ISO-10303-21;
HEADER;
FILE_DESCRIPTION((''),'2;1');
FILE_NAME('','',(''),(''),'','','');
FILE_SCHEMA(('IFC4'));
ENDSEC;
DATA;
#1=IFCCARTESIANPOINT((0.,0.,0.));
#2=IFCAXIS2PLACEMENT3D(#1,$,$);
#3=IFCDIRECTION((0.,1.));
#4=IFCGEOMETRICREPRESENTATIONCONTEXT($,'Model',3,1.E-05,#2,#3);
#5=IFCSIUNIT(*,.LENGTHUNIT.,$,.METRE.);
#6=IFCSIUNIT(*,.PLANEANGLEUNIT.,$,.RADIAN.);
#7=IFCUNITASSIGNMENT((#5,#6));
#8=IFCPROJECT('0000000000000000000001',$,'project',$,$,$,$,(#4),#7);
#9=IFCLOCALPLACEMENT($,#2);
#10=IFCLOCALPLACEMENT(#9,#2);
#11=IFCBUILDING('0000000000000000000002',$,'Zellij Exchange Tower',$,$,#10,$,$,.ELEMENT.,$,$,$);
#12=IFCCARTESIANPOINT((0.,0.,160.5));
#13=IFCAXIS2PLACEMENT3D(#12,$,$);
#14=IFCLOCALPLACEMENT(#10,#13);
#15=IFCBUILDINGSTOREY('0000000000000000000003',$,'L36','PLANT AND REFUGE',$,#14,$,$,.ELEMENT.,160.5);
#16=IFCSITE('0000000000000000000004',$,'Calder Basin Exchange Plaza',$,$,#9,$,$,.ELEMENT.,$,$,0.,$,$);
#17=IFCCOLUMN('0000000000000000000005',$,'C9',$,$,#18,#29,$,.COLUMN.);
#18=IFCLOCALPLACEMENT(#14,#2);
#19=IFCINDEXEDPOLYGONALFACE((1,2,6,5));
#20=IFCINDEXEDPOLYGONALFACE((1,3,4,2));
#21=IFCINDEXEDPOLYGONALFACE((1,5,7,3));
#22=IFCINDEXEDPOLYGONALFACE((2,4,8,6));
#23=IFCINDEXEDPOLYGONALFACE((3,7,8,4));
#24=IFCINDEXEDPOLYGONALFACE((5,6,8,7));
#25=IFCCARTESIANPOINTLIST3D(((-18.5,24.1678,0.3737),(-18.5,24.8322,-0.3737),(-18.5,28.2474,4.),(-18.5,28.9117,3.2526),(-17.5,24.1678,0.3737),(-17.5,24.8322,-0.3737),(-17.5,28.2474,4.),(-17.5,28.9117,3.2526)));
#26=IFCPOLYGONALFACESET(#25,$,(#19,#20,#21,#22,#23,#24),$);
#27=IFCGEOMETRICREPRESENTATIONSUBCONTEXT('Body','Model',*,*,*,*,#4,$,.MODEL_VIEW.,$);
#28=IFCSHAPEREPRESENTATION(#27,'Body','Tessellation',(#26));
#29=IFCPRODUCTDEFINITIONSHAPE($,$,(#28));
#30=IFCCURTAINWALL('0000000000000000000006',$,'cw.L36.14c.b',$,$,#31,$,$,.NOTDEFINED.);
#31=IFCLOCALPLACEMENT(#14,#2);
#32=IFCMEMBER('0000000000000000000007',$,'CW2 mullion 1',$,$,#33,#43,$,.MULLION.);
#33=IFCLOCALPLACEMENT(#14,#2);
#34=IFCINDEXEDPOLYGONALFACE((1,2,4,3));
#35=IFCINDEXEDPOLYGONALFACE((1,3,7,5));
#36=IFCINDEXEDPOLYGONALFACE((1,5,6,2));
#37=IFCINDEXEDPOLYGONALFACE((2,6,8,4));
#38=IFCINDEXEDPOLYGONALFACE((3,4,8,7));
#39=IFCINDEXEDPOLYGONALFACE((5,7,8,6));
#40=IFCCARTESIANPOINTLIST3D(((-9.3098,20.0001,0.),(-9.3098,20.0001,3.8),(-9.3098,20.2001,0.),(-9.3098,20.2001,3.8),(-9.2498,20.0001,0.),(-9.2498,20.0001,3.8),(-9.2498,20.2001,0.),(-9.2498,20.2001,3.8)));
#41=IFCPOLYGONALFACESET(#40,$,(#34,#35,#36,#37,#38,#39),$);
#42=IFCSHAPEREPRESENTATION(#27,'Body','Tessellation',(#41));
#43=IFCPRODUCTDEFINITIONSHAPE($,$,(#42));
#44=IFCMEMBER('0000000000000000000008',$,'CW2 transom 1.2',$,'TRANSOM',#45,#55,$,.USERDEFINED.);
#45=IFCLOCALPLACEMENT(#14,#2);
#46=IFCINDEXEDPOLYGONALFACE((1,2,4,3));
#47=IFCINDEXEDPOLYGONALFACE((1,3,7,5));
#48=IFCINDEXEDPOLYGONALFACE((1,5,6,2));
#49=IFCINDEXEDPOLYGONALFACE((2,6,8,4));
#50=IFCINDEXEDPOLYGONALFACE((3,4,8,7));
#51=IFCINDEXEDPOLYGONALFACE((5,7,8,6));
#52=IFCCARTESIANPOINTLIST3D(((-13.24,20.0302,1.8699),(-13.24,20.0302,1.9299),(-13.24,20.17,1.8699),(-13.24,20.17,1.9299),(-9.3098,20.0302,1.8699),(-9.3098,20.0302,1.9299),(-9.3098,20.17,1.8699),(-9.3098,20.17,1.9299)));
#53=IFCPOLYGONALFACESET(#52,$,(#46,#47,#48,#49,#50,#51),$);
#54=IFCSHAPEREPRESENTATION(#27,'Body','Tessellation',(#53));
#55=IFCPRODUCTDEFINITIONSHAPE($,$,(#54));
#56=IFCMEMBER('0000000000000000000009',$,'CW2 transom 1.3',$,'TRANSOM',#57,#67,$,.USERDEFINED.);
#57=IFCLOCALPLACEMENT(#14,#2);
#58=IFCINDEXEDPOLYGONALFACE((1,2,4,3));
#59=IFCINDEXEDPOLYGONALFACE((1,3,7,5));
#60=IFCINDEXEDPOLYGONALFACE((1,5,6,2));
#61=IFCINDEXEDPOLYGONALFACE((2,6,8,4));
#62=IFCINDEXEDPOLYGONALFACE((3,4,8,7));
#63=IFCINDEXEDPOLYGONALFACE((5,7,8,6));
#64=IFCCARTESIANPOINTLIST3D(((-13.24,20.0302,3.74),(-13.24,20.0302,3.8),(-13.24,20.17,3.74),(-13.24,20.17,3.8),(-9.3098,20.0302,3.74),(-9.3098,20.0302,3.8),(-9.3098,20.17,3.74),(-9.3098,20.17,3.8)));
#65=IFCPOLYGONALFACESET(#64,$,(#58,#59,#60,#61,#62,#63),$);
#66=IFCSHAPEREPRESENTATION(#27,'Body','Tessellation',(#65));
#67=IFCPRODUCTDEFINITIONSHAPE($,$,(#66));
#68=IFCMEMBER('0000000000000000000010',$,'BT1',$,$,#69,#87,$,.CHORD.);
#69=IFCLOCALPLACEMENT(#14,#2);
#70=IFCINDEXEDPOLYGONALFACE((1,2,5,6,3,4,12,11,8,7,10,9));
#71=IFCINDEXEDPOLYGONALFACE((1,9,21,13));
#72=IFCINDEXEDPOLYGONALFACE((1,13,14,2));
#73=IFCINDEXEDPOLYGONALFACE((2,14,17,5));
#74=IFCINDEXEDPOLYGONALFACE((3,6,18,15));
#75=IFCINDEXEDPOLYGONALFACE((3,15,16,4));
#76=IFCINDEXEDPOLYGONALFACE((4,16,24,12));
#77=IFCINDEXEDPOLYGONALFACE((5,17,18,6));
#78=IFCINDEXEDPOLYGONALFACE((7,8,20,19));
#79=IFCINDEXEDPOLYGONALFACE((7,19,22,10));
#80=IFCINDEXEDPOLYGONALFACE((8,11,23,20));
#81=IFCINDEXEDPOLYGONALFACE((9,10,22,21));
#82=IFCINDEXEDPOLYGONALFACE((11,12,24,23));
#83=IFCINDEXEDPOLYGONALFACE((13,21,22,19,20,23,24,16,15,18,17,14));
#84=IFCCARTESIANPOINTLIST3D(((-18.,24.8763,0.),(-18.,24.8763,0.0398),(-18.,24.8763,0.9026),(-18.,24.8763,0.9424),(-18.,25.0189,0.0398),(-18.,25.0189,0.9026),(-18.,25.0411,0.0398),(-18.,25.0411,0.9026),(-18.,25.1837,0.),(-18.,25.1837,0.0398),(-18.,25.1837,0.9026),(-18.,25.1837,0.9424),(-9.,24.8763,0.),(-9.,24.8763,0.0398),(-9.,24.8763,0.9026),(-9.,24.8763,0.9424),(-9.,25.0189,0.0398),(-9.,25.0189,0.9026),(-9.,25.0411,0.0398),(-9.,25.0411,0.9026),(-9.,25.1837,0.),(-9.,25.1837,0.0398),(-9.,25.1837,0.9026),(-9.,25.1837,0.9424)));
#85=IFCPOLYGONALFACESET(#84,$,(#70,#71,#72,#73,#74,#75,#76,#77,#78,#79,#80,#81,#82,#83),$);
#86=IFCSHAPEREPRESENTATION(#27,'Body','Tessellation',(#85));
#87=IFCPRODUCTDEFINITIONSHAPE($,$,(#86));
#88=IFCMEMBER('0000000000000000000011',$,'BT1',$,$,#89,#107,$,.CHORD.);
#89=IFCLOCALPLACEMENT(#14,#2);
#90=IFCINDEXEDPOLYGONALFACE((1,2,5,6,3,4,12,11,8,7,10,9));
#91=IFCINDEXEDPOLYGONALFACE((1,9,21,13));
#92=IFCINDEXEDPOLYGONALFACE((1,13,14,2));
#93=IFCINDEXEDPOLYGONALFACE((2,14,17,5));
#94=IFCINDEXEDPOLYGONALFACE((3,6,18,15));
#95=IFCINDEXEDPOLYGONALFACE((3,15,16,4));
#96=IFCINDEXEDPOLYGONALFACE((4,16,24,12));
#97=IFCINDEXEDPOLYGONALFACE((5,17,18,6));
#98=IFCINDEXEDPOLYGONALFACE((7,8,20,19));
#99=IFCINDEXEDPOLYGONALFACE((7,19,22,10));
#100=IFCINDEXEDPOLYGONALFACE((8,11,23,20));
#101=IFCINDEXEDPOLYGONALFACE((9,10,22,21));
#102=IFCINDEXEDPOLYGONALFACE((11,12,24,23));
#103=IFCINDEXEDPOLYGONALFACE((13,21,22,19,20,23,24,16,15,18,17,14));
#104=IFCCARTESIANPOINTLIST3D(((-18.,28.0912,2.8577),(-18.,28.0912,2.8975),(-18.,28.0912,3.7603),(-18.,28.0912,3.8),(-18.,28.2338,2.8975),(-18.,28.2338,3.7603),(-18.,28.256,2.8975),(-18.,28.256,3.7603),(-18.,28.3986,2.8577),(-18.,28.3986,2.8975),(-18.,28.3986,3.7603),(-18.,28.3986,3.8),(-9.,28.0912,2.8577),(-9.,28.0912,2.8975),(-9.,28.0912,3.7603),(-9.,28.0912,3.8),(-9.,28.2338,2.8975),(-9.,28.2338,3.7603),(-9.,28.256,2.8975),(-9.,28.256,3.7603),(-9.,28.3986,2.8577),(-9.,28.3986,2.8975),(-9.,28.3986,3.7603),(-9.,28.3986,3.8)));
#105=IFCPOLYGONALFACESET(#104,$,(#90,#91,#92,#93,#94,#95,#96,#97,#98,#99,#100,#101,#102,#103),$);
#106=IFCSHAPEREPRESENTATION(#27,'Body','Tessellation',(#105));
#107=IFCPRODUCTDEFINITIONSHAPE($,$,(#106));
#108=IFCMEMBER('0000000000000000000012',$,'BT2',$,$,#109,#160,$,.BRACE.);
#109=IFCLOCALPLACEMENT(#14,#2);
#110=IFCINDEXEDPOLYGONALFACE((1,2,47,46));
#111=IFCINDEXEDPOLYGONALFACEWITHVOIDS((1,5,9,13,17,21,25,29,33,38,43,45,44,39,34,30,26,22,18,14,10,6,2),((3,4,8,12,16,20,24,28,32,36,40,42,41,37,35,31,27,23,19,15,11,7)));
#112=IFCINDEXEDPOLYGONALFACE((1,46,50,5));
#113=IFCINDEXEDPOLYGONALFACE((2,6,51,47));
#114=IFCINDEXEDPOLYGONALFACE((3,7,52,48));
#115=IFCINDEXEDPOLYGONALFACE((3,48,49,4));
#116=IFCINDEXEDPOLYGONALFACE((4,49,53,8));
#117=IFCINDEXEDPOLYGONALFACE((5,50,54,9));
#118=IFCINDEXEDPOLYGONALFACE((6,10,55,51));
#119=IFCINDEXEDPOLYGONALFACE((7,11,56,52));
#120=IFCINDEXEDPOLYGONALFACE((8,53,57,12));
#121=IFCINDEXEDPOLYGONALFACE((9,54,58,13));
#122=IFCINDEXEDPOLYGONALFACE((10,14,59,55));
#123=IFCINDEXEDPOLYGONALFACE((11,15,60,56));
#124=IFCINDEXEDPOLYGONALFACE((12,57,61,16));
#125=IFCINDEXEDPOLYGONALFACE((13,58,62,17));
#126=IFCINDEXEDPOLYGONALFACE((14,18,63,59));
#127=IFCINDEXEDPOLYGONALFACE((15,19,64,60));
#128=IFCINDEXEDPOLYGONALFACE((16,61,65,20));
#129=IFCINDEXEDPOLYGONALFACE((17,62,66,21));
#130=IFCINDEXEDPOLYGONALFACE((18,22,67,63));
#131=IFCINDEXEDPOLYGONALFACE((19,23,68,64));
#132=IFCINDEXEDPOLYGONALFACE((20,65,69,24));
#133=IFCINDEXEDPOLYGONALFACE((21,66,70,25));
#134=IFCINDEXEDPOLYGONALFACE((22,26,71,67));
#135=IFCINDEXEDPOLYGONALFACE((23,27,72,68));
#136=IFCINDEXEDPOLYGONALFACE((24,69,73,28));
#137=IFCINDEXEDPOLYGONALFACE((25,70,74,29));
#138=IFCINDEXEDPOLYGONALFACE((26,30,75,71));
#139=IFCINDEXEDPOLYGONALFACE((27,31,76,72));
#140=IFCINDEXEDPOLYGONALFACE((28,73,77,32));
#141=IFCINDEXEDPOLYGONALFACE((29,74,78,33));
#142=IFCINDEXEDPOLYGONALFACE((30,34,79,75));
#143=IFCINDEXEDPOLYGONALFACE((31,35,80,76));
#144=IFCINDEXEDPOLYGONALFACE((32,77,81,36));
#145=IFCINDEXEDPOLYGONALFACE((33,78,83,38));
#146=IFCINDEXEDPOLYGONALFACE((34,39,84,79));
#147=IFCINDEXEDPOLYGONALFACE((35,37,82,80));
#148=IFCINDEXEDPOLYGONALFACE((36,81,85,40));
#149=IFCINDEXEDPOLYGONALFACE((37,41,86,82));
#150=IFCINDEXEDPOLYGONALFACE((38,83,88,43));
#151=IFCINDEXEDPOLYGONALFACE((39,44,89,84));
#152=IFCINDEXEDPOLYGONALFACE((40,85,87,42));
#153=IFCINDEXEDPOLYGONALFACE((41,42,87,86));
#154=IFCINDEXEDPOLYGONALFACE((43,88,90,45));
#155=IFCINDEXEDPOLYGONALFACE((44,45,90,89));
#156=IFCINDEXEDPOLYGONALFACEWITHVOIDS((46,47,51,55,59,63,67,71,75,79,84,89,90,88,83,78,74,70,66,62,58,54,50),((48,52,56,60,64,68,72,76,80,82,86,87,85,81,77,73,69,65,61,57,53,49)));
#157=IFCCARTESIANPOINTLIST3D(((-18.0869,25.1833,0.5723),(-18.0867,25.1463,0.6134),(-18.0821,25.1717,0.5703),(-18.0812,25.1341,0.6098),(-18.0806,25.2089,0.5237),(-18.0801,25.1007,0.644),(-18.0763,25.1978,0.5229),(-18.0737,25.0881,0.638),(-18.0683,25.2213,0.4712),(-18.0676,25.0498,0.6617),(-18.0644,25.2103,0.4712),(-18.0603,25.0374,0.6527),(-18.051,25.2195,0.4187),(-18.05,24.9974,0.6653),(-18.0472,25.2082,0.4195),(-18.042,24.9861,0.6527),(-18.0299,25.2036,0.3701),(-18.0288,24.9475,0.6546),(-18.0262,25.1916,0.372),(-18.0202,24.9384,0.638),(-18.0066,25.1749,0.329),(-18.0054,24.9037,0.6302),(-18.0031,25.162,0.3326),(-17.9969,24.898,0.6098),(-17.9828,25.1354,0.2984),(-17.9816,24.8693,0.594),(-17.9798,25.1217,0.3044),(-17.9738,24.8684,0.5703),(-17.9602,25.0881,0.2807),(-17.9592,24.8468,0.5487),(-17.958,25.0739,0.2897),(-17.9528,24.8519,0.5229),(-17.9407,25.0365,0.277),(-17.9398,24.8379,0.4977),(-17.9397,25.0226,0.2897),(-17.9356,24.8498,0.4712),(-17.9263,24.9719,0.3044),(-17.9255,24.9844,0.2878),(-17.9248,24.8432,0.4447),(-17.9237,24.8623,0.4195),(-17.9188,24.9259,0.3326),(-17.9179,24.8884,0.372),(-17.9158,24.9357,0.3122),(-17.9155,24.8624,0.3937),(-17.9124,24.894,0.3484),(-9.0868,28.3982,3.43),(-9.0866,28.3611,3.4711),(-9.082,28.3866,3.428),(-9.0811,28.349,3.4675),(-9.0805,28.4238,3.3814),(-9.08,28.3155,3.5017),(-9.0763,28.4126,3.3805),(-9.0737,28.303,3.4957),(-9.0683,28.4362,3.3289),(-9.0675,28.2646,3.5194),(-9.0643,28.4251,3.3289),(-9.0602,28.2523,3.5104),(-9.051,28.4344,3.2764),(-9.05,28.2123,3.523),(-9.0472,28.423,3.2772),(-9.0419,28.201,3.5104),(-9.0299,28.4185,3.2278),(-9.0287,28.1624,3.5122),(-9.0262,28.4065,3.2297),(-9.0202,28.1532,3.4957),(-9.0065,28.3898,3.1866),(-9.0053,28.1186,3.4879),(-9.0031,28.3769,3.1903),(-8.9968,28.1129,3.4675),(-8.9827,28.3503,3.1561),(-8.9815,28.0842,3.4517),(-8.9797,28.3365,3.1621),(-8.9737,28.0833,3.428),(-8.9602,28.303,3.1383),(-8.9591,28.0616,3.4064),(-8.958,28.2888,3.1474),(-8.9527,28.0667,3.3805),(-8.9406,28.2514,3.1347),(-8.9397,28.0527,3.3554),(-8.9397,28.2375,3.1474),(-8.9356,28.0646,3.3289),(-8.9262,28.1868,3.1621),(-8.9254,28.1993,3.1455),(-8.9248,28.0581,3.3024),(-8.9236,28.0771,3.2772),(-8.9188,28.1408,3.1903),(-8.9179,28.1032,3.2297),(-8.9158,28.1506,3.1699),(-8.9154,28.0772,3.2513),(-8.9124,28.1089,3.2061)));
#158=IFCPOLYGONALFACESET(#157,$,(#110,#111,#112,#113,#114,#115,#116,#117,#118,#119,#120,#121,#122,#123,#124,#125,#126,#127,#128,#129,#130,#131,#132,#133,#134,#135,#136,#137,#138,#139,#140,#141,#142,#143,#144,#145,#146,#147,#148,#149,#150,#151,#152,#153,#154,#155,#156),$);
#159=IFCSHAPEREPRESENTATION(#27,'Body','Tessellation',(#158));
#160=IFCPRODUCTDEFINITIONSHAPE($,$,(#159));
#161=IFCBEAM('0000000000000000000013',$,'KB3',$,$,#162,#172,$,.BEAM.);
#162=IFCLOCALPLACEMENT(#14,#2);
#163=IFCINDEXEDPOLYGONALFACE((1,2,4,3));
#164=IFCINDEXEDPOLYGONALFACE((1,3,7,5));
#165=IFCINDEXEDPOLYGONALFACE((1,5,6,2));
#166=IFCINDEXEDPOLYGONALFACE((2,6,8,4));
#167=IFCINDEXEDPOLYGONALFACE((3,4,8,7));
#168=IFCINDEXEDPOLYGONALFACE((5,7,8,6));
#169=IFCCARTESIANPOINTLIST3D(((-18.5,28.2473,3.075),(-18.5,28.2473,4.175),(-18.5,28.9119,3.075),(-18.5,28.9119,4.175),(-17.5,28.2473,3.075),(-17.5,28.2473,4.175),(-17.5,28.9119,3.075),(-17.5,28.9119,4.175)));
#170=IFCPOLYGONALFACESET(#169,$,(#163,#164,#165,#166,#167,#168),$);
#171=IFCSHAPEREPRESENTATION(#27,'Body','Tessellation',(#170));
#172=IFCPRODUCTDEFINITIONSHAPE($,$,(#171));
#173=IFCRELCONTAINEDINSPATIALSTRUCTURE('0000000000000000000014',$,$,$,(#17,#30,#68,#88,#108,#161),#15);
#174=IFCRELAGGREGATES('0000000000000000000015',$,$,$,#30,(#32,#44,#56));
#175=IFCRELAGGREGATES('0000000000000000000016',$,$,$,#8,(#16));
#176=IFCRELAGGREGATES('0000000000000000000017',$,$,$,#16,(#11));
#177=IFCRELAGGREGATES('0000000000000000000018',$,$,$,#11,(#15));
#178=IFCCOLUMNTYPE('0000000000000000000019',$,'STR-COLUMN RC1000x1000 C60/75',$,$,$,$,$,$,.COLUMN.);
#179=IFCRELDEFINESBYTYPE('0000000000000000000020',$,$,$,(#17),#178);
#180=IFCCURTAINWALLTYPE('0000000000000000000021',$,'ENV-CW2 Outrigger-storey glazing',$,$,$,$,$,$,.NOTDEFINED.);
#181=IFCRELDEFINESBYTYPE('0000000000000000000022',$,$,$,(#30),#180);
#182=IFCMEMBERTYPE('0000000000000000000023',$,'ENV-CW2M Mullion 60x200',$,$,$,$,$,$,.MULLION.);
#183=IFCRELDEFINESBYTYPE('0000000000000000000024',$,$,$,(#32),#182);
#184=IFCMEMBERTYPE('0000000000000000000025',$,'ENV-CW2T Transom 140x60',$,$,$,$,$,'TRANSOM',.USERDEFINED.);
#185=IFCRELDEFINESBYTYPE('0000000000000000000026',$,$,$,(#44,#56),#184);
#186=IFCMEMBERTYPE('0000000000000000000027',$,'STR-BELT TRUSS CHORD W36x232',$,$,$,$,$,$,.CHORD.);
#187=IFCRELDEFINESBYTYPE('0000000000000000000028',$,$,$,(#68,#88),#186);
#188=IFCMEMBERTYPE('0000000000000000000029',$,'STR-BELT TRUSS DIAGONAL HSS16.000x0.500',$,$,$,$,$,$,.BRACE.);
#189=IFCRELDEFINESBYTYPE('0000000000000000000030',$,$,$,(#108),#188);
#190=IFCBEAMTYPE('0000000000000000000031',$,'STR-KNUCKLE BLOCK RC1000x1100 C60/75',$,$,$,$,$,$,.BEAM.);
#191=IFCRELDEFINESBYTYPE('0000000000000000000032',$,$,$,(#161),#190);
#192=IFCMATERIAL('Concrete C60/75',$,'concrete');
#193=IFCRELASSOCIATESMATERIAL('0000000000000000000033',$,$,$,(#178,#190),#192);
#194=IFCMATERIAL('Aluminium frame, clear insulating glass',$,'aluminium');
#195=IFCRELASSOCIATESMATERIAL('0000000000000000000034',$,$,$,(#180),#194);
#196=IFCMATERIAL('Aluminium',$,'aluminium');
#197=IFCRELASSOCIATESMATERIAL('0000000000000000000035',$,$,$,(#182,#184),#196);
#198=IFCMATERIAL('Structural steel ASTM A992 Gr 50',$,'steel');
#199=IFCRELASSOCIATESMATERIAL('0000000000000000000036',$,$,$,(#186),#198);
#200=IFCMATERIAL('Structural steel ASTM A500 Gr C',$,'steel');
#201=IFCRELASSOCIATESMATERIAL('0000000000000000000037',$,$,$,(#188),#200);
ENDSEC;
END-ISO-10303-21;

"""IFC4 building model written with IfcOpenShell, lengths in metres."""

from ifc_helpers import new_model, si_unit, direction, frame, origin, origin_2d, place, context, subcontext, project, spatial, rectangle, hollow_circle, i_section, extrude, clip, halfspace, material, material_profile, profile_set, type_object, element, aggregate, save


model = new_model("IFC4")

# Units and contexts
model_context = context("Model", 3, precision=1e-05, world=origin(), true_north=direction((0.0, 1.0)))
body_context = subcontext(model_context, "Body", "Model", "MODEL_VIEW")
ifc_project = project(units=[si_unit("LENGTHUNIT", "METRE"), si_unit("PLANEANGLEUNIT", "RADIAN")], contexts=[model_context])

# Site, building, storey
site_placement = place(None, origin())
site = spatial("IfcSite", under=ifc_project, at=site_placement, Name="Calder Basin Exchange Plaza", CompositionType="ELEMENT", RefElevation=0.0)
building_placement = place(site_placement, origin())
building = spatial("IfcBuilding", under=site, at=building_placement, Name="Zellij Exchange Tower", CompositionType="ELEMENT")
storey_placement = place(building_placement, frame((0.0, 0.0, 160.5)))
storey = spatial("IfcBuildingStorey", under=building, at=storey_placement, Name="L36", Description="PLANT AND REFUGE", CompositionType="ELEMENT", Elevation=160.5)

# Column
ifc_material_1 = material(Name="Concrete C60/75", Category="concrete")
ifc_material_profile_1 = material_profile(ifc_material_1, rectangle(XDim=1.0, YDim=1.0, at=origin_2d()), Name="STR-COLUMN RC1000x1000 C60/75")
ifc_profile_set_1 = profile_set([ifc_material_profile_1], Name="Concrete C60/75")
column_type = type_object("IfcColumnType", Name="STR-COLUMN RC1000x1000 C60/75", PredefinedType="COLUMN", material=ifc_profile_set_1)
column_placement = place(storey_placement, frame((-18.0, 24.5, 0.0), z_axis=(0.0, 0.747409, 0.664364), x_axis=(-1.0, 0.0, 0.0)))
element("IfcColumn", 1, at=column_placement, inside=storey, type_object=column_type, Name="C9", PredefinedType="COLUMN", context=body_context, shape_type="Clipping", body=[
    clip(extrude(rectangle(XDim=1.0, YDim=1.0, at=origin_2d()), origin(), (0.0, 0.0, 1.0), 6.0208), halfspace(frame((0.0, 0.0, 5.4583)), False)),
])

# Curtain wall, members
ifc_material_2 = material(Name="Aluminium frame, clear insulating glass", Category="aluminium")
curtain_wall_type = type_object("IfcCurtainWallType", Name="ENV-CW2 Outrigger-storey glazing", PredefinedType="NOTDEFINED", material=ifc_material_2)
curtain_wall_placement = place(storey_placement, origin())
curtain_wall = element("IfcCurtainWall", 2, at=curtain_wall_placement, inside=storey, type_object=curtain_wall_type, Name="cw.L36.14c.b", PredefinedType="NOTDEFINED")
ifc_material_3 = material(Name="Aluminium", Category="aluminium")
ifc_material_profile_2 = material_profile(ifc_material_3, rectangle(XDim=0.0601, YDim=0.2, at=origin_2d()), Name="AL 60x200")
ifc_profile_set_2 = profile_set([ifc_material_profile_2], Name="Aluminium")
member_type_1 = type_object("IfcMemberType", Name="ENV-CW2M Mullion 60x200", PredefinedType="MULLION", material=ifc_profile_set_2)
member_1_placement = place(storey_placement, frame((-9.2798, 20.1001, 0.0), z_axis=(0.0, 0.0, 1.0), x_axis=(-1.0, 0.0, 0.0)))
member_1 = element("IfcMember", 3, at=member_1_placement, type_object=member_type_1, Name="CW2 mullion 1", PredefinedType="MULLION", context=body_context, shape_type="SweptSolid", body=[
    extrude(rectangle(XDim=0.0601, YDim=0.2, at=origin_2d()), origin(), (0.0, 0.0, 1.0), 3.8),
])
ifc_material_profile_3 = material_profile(ifc_material_3, rectangle(XDim=0.1399, YDim=0.0601, at=origin_2d()), Name="AL 140x60")
ifc_profile_set_3 = profile_set([ifc_material_profile_3], Name="Aluminium")
member_type_2 = type_object("IfcMemberType", Name="ENV-CW2T Transom 140x60", ElementType="TRANSOM", PredefinedType="USERDEFINED", material=ifc_profile_set_3)
member_2_placement = place(storey_placement, frame((-9.3098, 20.1001, 1.8999), z_axis=(-1.0, 0.0, 0.0), x_axis=(0.0, -1.0, 0.0)))
member_2 = element("IfcMember", 4, at=member_2_placement, type_object=member_type_2, Name="CW2 transom 1.2", ObjectType="TRANSOM", PredefinedType="USERDEFINED", context=body_context, shape_type="SweptSolid", body=[
    extrude(rectangle(XDim=0.1399, YDim=0.0601, at=origin_2d()), origin(), (0.0, 0.0, 1.0), 3.9302),
])
member_3_placement = place(storey_placement, frame((-9.3098, 20.1001, 3.77), z_axis=(-1.0, 0.0, 0.0), x_axis=(0.0, -1.0, 0.0)))
member_3 = element("IfcMember", 5, at=member_3_placement, type_object=member_type_2, Name="CW2 transom 1.3", ObjectType="TRANSOM", PredefinedType="USERDEFINED", context=body_context, shape_type="SweptSolid", body=[
    extrude(rectangle(XDim=0.1399, YDim=0.0601, at=origin_2d()), origin(), (0.0, 0.0, 1.0), 3.9302),
])
aggregate(curtain_wall, [member_1, member_2, member_3])

# Members
ifc_material_4 = material(Name="Structural steel ASTM A992 Gr 50", Category="steel")
ifc_material_profile_4 = material_profile(ifc_material_4, i_section(OverallWidth=0.3074, OverallDepth=0.9424, WebThickness=0.0222, FlangeThickness=0.0398, at=origin_2d()), Name="W36x232")
ifc_profile_set_4 = profile_set([ifc_material_profile_4], Name="Structural steel ASTM A992 Gr 50")
member_type_3 = type_object("IfcMemberType", Name="STR-BELT TRUSS CHORD W36x232", PredefinedType="CHORD", material=ifc_profile_set_4)
for number, where, z_axis, x_axis, name in (
    (6, (-18.0, 25.03, 0.4712), (1.0, 0.0, 0.0), (0.0, 1.0, 0.0), "BT1"),
    (7, (-18.0, 28.2449, 3.3289), (1.0, 0.0, 0.0), (0.0, 1.0, 0.0), "BT1"),
):
    element("IfcMember", number, at=place(storey_placement, frame(where, z_axis=z_axis, x_axis=x_axis)), inside=storey, type_object=member_type_3, Name=name, PredefinedType="CHORD", context=body_context, shape_type="SweptSolid", body=[
        extrude(i_section(OverallWidth=0.3074, OverallDepth=0.9424, WebThickness=0.0222, FlangeThickness=0.0398, at=origin_2d()), origin(), (0.0, 0.0, 1.0), 9.0),
    ])
ifc_material_5 = material(Name="Structural steel ASTM A500 Gr C", Category="steel")
ifc_material_profile_5 = material_profile(ifc_material_5, hollow_circle(Radius=0.2031, WallThickness=0.0117, at=origin_2d()), Name="STR-BELT TRUSS DIAGONAL HSS16.000x0.500")
ifc_profile_set_5 = profile_set([ifc_material_profile_5], Name="Structural steel ASTM A500 Gr C")
member_type_4 = type_object("IfcMemberType", Name="STR-BELT TRUSS DIAGONAL HSS16.000x0.500", PredefinedType="BRACE", material=ifc_profile_set_5)
member_4_placement = place(storey_placement, frame((-18.0, 25.03, 0.4712), z_axis=(0.902252, 0.322289, 0.286482), x_axis=(-0.336388, 0.941723, 0.0)))
element("IfcMember", 8, at=member_4_placement, inside=storey, type_object=member_type_4, Name="BT2", PredefinedType="BRACE", context=body_context, shape_type="SweptSolid", body=[
    extrude(hollow_circle(Radius=0.2031, WallThickness=0.0117, at=origin_2d()), origin(), (0.0, 0.0, 1.0), 9.9751),
])

# Beam
ifc_material_profile_6 = material_profile(ifc_material_1, rectangle(XDim=1.0, YDim=1.1001, at=origin_2d()), Name="STR-KNUCKLE BLOCK RC1000x1100 C60/75")
ifc_profile_set_6 = profile_set([ifc_material_profile_6], Name="Concrete C60/75")
beam_type = type_object("IfcBeamType", Name="STR-KNUCKLE BLOCK RC1000x1100 C60/75", PredefinedType="BEAM", material=ifc_profile_set_6)
beam_placement = place(storey_placement, frame((-18.0, 28.2473, 3.625), z_axis=(0.0, 1.0, 0.0), x_axis=(-1.0, 0.0, 0.0)))
element("IfcBeam", 9, at=beam_placement, inside=storey, type_object=beam_type, Name="KB3", PredefinedType="BEAM", context=body_context, shape_type="SweptSolid", body=[
    extrude(rectangle(XDim=1.0, YDim=1.1001, at=origin_2d()), origin(), (0.0, 0.0, 1.0), 0.6646),
])

save(model, "model.ifc")
